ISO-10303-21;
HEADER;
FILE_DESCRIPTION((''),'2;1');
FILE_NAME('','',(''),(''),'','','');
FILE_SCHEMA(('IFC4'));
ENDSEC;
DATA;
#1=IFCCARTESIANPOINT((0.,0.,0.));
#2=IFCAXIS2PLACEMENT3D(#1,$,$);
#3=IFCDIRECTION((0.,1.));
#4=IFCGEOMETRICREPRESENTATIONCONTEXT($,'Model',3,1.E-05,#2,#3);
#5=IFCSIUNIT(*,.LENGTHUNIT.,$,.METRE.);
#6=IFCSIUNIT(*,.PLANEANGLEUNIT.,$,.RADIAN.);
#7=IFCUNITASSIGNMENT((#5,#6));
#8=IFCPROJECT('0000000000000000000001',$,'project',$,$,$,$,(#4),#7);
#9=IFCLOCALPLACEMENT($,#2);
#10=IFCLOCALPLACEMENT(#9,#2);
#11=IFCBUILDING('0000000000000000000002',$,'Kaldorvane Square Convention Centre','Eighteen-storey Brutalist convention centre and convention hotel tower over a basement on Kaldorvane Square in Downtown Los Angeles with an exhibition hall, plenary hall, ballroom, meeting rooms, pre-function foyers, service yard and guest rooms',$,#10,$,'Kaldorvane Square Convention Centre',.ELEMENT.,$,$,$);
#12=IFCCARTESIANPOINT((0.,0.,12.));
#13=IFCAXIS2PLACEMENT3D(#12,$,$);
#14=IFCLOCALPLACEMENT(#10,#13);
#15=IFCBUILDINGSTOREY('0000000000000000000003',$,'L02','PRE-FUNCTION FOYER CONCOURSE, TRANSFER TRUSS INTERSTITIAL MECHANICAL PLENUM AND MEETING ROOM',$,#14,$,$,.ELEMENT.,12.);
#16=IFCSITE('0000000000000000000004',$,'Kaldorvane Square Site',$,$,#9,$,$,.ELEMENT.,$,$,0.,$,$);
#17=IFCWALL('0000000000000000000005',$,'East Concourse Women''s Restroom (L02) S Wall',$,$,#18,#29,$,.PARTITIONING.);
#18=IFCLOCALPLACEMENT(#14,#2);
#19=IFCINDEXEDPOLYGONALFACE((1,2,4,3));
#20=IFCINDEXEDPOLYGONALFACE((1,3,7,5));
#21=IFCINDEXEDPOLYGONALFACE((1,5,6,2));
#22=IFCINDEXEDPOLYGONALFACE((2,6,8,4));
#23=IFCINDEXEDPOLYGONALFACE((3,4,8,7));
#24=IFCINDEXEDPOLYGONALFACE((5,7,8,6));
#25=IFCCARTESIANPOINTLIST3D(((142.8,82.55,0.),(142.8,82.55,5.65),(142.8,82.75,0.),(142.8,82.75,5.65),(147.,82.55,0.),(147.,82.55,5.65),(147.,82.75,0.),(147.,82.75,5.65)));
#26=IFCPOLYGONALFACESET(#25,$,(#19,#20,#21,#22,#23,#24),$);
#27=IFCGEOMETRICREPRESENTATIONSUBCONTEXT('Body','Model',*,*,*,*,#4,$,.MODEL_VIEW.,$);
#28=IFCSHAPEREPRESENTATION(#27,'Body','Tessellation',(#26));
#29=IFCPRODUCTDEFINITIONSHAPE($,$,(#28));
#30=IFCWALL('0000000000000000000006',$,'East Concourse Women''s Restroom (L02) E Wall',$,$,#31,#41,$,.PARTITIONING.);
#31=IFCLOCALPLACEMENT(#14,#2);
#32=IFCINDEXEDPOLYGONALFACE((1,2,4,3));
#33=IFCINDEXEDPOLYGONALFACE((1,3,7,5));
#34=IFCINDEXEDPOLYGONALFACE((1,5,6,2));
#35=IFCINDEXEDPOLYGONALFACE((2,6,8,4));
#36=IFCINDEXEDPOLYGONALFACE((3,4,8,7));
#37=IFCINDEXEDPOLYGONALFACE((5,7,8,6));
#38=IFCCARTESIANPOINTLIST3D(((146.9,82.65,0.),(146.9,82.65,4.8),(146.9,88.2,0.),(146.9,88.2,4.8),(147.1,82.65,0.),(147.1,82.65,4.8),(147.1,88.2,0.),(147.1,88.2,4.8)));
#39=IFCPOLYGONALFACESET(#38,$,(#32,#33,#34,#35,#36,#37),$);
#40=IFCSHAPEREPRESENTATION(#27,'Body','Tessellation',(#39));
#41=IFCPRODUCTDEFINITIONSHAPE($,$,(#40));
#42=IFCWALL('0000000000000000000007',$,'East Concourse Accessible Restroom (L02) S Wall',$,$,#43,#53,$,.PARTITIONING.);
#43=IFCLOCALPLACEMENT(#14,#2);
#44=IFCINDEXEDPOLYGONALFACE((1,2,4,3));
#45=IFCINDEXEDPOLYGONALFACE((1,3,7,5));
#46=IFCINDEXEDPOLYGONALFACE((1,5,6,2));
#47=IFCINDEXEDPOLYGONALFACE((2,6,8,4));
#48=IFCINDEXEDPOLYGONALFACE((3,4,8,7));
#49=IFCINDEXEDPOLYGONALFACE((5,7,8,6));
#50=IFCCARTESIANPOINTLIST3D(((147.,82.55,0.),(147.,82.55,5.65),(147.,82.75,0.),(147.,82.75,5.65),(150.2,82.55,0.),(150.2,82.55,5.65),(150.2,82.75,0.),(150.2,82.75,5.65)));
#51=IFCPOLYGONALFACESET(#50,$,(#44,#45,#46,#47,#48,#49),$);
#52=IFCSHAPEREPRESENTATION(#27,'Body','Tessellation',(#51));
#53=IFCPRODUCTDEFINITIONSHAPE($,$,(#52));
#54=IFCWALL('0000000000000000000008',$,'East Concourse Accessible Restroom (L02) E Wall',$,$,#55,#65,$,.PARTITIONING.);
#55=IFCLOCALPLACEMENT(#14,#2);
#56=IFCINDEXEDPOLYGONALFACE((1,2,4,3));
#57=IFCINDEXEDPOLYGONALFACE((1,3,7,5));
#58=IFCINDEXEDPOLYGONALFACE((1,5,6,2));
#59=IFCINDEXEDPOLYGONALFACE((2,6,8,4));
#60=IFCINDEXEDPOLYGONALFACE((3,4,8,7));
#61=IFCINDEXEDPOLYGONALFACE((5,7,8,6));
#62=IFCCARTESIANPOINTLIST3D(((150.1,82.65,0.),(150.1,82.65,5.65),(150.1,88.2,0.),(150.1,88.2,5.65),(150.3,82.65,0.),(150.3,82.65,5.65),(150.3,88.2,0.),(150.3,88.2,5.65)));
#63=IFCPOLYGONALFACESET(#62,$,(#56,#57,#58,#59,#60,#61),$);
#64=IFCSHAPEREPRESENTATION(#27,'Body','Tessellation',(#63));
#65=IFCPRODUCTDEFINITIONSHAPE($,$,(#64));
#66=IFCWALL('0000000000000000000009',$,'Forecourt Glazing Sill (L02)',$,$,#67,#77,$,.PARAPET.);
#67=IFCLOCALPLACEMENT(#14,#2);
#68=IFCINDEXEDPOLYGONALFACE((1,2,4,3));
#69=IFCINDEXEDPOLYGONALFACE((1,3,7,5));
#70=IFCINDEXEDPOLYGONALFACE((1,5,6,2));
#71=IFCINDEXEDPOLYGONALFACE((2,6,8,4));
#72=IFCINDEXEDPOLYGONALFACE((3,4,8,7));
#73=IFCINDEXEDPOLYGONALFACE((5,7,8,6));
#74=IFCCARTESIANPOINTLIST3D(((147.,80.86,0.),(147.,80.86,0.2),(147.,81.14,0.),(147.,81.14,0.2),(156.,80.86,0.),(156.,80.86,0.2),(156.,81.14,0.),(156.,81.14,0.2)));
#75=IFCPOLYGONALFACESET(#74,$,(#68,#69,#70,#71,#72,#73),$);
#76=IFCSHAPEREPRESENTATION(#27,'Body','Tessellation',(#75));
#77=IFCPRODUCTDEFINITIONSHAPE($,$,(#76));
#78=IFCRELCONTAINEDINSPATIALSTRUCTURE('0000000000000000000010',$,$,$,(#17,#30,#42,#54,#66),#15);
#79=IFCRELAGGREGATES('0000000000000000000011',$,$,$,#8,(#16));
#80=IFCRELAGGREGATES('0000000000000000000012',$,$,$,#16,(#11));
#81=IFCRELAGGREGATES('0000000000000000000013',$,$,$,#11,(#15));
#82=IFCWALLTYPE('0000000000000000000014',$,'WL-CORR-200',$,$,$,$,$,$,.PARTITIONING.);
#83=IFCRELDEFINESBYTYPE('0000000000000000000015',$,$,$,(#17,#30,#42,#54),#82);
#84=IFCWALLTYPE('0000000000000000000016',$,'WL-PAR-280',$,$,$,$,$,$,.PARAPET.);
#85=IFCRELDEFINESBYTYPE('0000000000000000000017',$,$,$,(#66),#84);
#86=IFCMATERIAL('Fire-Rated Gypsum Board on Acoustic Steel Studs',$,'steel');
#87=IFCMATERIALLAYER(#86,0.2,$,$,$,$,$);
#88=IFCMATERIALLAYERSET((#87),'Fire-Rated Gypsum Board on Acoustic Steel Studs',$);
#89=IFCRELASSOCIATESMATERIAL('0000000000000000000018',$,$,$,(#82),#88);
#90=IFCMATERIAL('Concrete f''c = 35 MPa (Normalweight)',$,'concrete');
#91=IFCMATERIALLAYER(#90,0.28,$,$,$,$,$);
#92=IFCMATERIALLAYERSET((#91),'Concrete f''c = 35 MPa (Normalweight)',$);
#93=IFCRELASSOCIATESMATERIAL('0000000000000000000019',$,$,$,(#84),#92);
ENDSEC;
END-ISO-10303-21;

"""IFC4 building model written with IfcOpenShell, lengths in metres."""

from ifc_helpers import new_model, si_unit, direction, frame, frame_2d, origin, place, context, subcontext, project, spatial, rectangle, extrude, material, layer, layer_set, type_object, element, save


model = new_model("IFC4")

# Units and contexts
model_context = context("Model", 3, precision=1e-05, world=origin(), true_north=direction((0.0, 1.0)))
body_context = subcontext(model_context, "Body", "Model", "MODEL_VIEW")
ifc_project = project(units=[si_unit("LENGTHUNIT", "METRE"), si_unit("PLANEANGLEUNIT", "RADIAN")], contexts=[model_context])

# Site, building, storey
site_placement = place(None, origin())
site = spatial("IfcSite", under=ifc_project, at=site_placement, Name="Kaldorvane Square Site", CompositionType="ELEMENT", RefElevation=0.0)
building_placement = place(site_placement, origin())
building = spatial("IfcBuilding", under=site, at=building_placement, Name="Kaldorvane Square Convention Centre", Description="Eighteen-storey Brutalist convention centre and convention hotel tower over a basement on Kaldorvane Square in Downtown Los Angeles with an exhibition hall, plenary hall, ballroom, meeting rooms, pre-function foyers, service yard and guest rooms", LongName="Kaldorvane Square Convention Centre", CompositionType="ELEMENT")
storey_placement = place(building_placement, frame((0.0, 0.0, 12.0)))
storey = spatial("IfcBuildingStorey", under=building, at=storey_placement, Name="L02", Description="PRE-FUNCTION FOYER CONCOURSE, TRANSFER TRUSS INTERSTITIAL MECHANICAL PLENUM AND MEETING ROOM", CompositionType="ELEMENT", Elevation=12.0)

# Walls
ifc_material_1 = material(Name="Fire-Rated Gypsum Board on Acoustic Steel Studs", Category="steel")
ifc_layer_1 = layer(ifc_material_1, 0.2)
ifc_layer_set_1 = layer_set([ifc_layer_1], Name="Fire-Rated Gypsum Board on Acoustic Steel Studs")
wall_type_1 = type_object("IfcWallType", Name="WL-CORR-200", PredefinedType="PARTITIONING", material=ifc_layer_set_1)
wall_1_placement = place(storey_placement, frame((142.8, 82.65, 0.0), z_axis=(0.0, 0.0, 1.0), x_axis=(1.0, 0.0, 0.0)))
element("IfcWall", 1, at=wall_1_placement, inside=storey, type_object=wall_type_1, Name="East Concourse Women's Restroom (L02) S Wall", PredefinedType="PARTITIONING", context=body_context, shape_type="SweptSolid", body=[
    extrude(rectangle(XDim=4.2, YDim=0.2, at=frame_2d((2.1, 0.0))), origin(), (0.0, 0.0, 1.0), 5.65),
])
wall_2_placement = place(storey_placement, frame((147.0, 82.65, 0.0), z_axis=(0.0, 0.0, 1.0), x_axis=(0.0, 1.0, 0.0)))
element("IfcWall", 2, at=wall_2_placement, inside=storey, type_object=wall_type_1, Name="East Concourse Women's Restroom (L02) E Wall", PredefinedType="PARTITIONING", context=body_context, shape_type="SweptSolid", body=[
    extrude(rectangle(XDim=5.55, YDim=0.2, at=frame_2d((2.775, 0.0))), origin(), (0.0, 0.0, 1.0), 4.8),
])
wall_3_placement = place(storey_placement, frame((147.0, 82.65, 0.0), z_axis=(0.0, 0.0, 1.0), x_axis=(1.0, 0.0, 0.0)))
element("IfcWall", 3, at=wall_3_placement, inside=storey, type_object=wall_type_1, Name="East Concourse Accessible Restroom (L02) S Wall", PredefinedType="PARTITIONING", context=body_context, shape_type="SweptSolid", body=[
    extrude(rectangle(XDim=3.2, YDim=0.2, at=frame_2d((1.6, 0.0))), origin(), (0.0, 0.0, 1.0), 5.65),
])
wall_4_placement = place(storey_placement, frame((150.2, 82.65, 0.0), z_axis=(0.0, 0.0, 1.0), x_axis=(0.0, 1.0, 0.0)))
element("IfcWall", 4, at=wall_4_placement, inside=storey, type_object=wall_type_1, Name="East Concourse Accessible Restroom (L02) E Wall", PredefinedType="PARTITIONING", context=body_context, shape_type="SweptSolid", body=[
    extrude(rectangle(XDim=5.55, YDim=0.2, at=frame_2d((2.775, 0.0))), origin(), (0.0, 0.0, 1.0), 5.65),
])
ifc_material_2 = material(Name="Concrete f'c = 35 MPa (Normalweight)", Category="concrete")
ifc_layer_2 = layer(ifc_material_2, 0.28)
ifc_layer_set_2 = layer_set([ifc_layer_2], Name="Concrete f'c = 35 MPa (Normalweight)")
wall_type_2 = type_object("IfcWallType", Name="WL-PAR-280", PredefinedType="PARAPET", material=ifc_layer_set_2)
wall_5_placement = place(storey_placement, frame((147.0, 81.0, 0.0), z_axis=(0.0, 0.0, 1.0), x_axis=(1.0, 0.0, 0.0)))
element("IfcWall", 5, at=wall_5_placement, inside=storey, type_object=wall_type_2, Name="Forecourt Glazing Sill (L02)", PredefinedType="PARAPET", context=body_context, shape_type="SweptSolid", body=[
    extrude(rectangle(XDim=9.0, YDim=0.28, at=frame_2d((4.5, 0.0))), origin(), (0.0, 0.0, 1.0), 0.2),
])

save(model, "model.ifc")
